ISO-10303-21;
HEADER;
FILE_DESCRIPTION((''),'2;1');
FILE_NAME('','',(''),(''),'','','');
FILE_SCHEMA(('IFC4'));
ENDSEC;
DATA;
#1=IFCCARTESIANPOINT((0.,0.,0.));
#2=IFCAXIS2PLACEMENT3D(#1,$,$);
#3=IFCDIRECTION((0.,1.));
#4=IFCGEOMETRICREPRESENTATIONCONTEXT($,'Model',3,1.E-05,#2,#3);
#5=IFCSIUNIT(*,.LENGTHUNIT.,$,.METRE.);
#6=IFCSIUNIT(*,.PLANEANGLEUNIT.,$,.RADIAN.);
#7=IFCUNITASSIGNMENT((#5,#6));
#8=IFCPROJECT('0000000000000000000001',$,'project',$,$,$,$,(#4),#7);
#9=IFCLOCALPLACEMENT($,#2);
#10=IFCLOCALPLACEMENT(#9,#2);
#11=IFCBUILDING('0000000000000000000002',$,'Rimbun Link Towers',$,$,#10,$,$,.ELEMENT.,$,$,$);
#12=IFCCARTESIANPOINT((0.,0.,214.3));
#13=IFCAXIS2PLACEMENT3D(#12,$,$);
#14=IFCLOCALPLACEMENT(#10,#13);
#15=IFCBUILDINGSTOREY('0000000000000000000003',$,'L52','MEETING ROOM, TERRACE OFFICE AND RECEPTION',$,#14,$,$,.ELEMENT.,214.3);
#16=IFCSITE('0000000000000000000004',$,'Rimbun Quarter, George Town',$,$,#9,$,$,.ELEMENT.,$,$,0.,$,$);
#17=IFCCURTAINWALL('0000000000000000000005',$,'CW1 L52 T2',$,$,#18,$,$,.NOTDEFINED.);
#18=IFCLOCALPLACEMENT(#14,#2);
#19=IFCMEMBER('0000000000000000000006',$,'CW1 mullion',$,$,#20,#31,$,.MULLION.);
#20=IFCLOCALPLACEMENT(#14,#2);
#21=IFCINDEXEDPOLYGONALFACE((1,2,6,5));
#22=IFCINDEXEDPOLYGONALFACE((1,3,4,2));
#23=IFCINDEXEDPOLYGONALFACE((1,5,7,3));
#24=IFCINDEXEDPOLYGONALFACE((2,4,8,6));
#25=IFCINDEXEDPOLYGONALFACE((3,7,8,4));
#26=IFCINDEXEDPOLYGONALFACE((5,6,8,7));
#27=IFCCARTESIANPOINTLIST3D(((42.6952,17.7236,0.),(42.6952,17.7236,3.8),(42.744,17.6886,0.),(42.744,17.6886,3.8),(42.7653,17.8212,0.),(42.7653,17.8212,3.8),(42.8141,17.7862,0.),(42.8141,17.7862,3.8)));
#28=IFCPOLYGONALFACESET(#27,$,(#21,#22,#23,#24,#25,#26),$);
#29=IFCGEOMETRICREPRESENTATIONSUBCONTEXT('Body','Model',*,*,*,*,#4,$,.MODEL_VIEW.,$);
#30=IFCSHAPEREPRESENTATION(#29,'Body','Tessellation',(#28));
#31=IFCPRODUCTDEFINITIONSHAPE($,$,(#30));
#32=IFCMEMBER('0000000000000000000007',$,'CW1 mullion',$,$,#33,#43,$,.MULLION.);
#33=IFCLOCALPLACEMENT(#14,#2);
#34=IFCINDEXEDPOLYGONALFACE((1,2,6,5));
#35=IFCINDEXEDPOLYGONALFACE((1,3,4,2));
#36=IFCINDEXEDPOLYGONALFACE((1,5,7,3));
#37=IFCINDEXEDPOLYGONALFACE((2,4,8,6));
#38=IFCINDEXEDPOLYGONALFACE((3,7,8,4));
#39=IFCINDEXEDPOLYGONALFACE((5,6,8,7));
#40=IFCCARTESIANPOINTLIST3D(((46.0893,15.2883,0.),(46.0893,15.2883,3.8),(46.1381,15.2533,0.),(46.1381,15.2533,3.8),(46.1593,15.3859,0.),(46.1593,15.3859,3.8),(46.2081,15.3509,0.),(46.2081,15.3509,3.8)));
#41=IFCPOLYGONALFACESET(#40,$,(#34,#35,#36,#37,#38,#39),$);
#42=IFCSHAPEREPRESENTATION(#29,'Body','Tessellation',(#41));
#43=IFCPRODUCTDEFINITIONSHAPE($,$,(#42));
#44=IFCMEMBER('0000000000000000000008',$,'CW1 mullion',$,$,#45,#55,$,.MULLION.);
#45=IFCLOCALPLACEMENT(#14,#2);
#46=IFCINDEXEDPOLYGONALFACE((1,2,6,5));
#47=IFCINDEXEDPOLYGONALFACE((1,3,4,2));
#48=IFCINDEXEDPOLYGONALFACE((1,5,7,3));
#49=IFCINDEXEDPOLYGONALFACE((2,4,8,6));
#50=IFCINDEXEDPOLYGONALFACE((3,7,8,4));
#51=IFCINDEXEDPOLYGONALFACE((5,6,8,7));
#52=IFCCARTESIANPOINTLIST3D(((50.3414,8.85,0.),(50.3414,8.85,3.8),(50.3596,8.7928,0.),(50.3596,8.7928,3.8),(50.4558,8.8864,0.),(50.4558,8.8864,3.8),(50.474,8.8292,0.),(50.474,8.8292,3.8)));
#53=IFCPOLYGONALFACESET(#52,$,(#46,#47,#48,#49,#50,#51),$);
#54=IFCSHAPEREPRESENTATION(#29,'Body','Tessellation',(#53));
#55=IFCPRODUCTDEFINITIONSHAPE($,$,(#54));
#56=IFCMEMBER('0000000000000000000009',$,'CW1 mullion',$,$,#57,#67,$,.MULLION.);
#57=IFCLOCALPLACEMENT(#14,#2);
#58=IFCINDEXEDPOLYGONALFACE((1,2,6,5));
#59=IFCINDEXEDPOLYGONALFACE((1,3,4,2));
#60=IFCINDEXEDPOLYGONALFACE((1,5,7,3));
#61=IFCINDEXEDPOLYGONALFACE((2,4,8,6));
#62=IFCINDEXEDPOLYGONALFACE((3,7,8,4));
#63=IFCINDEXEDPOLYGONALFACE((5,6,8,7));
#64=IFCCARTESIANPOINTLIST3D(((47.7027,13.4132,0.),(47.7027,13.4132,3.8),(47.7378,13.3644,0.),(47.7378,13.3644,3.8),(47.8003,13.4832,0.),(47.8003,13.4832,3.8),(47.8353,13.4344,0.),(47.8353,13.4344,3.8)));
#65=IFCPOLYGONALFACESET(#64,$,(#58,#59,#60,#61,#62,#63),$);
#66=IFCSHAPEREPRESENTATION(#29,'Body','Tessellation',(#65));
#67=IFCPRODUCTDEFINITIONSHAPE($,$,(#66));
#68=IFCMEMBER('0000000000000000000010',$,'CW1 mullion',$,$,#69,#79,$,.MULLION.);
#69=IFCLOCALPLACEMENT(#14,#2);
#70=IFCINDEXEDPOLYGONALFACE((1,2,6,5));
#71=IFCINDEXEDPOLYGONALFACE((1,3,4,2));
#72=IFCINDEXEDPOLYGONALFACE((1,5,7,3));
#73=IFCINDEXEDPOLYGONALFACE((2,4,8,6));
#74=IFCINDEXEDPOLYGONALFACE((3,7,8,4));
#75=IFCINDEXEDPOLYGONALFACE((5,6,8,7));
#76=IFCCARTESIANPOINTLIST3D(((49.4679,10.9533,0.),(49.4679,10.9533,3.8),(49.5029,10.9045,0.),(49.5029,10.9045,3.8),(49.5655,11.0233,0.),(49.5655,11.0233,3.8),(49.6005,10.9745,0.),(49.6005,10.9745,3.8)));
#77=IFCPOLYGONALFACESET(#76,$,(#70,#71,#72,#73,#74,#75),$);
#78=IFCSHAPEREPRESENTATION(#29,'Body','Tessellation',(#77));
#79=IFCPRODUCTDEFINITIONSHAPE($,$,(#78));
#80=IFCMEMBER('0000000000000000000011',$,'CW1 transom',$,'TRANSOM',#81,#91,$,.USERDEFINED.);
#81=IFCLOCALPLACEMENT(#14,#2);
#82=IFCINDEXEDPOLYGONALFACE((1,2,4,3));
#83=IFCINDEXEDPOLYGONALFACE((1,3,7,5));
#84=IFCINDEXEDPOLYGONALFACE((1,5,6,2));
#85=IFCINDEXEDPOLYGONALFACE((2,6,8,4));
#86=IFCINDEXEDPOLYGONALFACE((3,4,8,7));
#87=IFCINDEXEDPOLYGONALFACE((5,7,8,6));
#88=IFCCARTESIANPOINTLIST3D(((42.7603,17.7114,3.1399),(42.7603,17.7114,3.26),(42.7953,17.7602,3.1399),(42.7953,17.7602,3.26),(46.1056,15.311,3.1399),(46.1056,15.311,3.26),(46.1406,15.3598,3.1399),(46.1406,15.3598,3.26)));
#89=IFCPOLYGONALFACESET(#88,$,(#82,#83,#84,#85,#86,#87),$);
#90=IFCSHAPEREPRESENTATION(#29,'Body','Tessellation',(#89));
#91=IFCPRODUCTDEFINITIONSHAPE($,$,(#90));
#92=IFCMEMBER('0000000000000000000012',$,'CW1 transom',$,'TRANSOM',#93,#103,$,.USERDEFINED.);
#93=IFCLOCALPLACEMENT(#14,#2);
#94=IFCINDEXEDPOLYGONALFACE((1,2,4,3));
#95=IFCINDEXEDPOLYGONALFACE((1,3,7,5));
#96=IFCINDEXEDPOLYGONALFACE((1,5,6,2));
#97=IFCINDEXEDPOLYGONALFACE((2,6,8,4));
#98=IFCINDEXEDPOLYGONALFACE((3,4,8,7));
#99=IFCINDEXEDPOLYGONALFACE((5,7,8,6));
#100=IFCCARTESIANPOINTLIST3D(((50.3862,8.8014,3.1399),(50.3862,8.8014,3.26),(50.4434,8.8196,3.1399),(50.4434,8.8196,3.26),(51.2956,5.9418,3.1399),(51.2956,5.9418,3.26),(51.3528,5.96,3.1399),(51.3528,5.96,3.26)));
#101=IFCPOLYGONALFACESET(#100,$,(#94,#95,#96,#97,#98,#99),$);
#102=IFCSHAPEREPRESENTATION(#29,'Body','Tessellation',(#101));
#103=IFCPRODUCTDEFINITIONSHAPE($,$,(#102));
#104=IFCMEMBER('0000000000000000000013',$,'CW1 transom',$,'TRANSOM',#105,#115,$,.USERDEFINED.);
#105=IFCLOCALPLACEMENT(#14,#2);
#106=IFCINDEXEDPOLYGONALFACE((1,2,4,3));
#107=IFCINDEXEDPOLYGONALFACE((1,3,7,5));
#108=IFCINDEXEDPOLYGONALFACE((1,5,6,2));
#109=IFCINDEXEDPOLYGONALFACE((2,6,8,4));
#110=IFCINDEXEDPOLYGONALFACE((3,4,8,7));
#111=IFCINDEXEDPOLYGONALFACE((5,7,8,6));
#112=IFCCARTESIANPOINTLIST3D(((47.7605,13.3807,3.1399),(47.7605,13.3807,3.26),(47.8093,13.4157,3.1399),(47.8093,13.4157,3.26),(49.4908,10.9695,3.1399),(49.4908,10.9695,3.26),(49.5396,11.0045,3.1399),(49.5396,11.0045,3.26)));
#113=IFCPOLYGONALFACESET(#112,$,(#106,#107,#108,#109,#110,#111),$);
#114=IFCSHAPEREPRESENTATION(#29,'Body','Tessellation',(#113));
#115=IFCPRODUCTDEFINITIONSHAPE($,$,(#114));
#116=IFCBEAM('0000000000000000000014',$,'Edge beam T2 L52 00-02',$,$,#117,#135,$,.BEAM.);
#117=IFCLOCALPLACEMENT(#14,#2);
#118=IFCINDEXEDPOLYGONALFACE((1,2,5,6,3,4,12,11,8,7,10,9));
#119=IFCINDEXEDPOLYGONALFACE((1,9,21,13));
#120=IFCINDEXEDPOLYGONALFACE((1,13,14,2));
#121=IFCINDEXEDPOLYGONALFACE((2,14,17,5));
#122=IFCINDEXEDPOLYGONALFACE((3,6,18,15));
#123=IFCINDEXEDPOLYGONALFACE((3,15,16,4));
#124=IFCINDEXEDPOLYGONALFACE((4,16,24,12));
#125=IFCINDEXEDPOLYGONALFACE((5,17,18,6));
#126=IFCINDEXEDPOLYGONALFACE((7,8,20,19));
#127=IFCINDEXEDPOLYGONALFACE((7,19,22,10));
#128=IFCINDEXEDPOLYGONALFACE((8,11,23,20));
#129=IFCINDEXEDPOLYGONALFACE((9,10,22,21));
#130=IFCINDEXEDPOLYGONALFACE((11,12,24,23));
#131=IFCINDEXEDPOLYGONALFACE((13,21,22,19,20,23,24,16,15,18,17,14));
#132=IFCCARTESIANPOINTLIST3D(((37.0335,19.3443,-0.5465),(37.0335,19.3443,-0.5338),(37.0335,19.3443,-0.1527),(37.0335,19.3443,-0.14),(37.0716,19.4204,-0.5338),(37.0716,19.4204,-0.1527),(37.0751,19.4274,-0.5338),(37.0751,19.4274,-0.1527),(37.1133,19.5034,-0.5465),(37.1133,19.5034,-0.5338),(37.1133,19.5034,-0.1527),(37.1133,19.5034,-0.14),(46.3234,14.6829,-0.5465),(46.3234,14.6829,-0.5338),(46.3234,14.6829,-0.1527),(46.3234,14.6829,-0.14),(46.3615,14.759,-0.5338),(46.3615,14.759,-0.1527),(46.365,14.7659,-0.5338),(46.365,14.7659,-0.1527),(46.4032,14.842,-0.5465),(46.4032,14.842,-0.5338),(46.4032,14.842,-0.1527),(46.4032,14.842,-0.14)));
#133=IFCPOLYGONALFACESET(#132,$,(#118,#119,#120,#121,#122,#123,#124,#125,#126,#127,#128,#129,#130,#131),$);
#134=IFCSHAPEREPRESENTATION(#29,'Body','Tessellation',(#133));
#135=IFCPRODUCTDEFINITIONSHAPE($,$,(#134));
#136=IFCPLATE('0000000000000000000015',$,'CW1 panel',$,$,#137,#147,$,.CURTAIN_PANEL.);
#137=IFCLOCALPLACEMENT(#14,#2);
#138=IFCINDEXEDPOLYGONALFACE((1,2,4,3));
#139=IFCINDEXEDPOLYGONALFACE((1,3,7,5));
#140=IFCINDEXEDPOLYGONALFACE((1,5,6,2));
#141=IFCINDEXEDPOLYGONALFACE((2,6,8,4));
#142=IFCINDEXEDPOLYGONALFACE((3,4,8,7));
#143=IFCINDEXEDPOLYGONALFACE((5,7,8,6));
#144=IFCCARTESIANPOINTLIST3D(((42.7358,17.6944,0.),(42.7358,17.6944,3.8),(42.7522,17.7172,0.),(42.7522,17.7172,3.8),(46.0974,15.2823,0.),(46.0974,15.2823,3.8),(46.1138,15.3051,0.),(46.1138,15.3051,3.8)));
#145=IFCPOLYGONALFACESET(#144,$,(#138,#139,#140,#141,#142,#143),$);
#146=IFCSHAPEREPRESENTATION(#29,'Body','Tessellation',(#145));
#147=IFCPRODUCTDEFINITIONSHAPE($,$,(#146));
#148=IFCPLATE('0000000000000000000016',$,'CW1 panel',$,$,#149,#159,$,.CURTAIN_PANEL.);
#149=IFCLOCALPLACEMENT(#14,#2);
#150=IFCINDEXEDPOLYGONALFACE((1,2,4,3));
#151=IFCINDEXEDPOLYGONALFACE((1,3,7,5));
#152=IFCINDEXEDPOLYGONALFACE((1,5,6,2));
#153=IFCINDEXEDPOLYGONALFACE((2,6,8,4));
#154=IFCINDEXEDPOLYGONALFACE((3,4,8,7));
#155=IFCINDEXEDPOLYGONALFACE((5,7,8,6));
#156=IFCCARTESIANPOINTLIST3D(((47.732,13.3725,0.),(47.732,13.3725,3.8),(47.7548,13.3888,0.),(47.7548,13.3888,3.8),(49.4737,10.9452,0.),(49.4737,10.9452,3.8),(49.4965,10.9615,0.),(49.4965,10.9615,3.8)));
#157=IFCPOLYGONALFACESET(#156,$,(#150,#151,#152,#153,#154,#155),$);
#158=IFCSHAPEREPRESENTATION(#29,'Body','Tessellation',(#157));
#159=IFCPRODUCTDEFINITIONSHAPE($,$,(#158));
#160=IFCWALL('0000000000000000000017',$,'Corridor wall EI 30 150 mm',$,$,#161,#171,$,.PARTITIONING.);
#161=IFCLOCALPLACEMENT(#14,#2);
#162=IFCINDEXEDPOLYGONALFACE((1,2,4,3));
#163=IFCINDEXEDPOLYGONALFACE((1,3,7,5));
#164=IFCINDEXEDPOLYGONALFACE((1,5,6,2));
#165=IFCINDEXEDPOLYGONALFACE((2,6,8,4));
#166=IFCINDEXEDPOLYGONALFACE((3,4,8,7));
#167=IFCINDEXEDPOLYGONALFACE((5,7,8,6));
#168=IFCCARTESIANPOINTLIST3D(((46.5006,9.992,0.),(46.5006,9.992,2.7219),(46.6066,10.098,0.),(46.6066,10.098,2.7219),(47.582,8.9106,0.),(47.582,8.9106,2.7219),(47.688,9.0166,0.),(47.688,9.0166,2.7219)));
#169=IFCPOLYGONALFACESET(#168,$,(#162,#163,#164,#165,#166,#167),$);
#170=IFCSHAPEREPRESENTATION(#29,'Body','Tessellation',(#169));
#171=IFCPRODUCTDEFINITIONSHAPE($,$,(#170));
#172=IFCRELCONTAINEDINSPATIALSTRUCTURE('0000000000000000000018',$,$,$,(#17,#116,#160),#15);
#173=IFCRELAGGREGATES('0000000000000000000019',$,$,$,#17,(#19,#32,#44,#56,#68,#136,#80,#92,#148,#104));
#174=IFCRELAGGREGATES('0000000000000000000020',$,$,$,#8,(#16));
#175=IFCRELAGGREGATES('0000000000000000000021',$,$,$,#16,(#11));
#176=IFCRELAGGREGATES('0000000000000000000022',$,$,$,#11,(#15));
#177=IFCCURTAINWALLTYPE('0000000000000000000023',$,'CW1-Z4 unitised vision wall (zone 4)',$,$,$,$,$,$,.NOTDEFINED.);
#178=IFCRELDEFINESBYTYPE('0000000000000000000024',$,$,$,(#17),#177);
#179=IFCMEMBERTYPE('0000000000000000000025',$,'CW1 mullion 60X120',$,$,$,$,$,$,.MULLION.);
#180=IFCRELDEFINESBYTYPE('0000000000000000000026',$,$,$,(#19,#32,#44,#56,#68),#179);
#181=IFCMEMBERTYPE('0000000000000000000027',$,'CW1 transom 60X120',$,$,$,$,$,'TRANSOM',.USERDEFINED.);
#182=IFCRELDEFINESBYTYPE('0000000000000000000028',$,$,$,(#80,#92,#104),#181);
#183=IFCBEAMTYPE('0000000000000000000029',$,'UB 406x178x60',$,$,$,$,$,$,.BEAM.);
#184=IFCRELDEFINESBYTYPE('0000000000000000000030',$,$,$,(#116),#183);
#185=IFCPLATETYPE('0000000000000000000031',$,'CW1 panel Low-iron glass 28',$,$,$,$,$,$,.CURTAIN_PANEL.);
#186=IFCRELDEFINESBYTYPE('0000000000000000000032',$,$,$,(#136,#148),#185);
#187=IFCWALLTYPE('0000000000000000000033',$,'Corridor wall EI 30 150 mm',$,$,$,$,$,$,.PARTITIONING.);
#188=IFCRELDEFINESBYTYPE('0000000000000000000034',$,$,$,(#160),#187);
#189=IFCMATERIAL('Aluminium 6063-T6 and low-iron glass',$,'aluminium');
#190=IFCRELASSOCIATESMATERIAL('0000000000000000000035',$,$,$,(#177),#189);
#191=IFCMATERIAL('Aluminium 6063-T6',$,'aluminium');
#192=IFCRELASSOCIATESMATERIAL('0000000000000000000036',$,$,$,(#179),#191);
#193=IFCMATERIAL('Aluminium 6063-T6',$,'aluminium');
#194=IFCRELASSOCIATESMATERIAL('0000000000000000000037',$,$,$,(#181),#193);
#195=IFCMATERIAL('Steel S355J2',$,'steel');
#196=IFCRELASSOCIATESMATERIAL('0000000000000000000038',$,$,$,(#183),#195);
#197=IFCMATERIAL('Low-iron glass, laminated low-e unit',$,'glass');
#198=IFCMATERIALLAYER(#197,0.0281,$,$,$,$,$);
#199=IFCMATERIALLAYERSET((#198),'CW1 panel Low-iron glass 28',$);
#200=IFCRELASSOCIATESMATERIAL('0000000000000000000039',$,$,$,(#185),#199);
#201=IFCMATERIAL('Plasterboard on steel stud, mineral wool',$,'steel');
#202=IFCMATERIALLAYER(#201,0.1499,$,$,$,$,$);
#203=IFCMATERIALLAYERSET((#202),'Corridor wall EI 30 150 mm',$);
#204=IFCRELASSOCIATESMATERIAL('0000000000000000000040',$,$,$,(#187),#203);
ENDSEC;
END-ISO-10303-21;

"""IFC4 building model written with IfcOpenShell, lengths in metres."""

from ifc_helpers import new_model, si_unit, direction, frame, frame_2d, origin, origin_2d, place, context, subcontext, project, spatial, rectangle, i_section, extrude, material, layer, layer_set, material_profile, profile_set, type_object, element, aggregate, save


model = new_model("IFC4")

# Units and contexts
model_context = context("Model", 3, precision=1e-05, world=origin(), true_north=direction((0.0, 1.0)))
body_context = subcontext(model_context, "Body", "Model", "MODEL_VIEW")
ifc_project = project(units=[si_unit("LENGTHUNIT", "METRE"), si_unit("PLANEANGLEUNIT", "RADIAN")], contexts=[model_context])

# Site, building, storey
site_placement = place(None, origin())
site = spatial("IfcSite", under=ifc_project, at=site_placement, Name="Rimbun Quarter, George Town", CompositionType="ELEMENT", RefElevation=0.0)
building_placement = place(site_placement, origin())
building = spatial("IfcBuilding", under=site, at=building_placement, Name="Rimbun Link Towers", CompositionType="ELEMENT")
storey_placement = place(building_placement, frame((0.0, 0.0, 214.3)))
storey = spatial("IfcBuildingStorey", under=building, at=storey_placement, Name="L52", Description="MEETING ROOM, TERRACE OFFICE AND RECEPTION", CompositionType="ELEMENT", Elevation=214.3)

# Curtain wall, members
ifc_material_1 = material(Name="Aluminium 6063-T6 and low-iron glass", Category="aluminium")
curtain_wall_type = type_object("IfcCurtainWallType", Name="CW1-Z4 unitised vision wall (zone 4)", PredefinedType="NOTDEFINED", material=ifc_material_1)
curtain_wall_placement = place(storey_placement, origin())
curtain_wall = element("IfcCurtainWall", 1, at=curtain_wall_placement, inside=storey, type_object=curtain_wall_type, Name="CW1 L52 T2", PredefinedType="NOTDEFINED")
ifc_material_2 = material(Name="Aluminium 6063-T6", Category="aluminium")
ifc_material_profile_1 = material_profile(ifc_material_2, rectangle(XDim=0.1201, YDim=0.0601, at=origin_2d()), Name="MULLION 60X120")
ifc_profile_set_1 = profile_set([ifc_material_profile_1], Name="Aluminium 6063-T6")
member_type_1 = type_object("IfcMemberType", Name="CW1 mullion 60X120", PredefinedType="MULLION", material=ifc_profile_set_1)
member_1_placement = place(storey_placement, frame((42.7546, 17.7549, 0.0), z_axis=(0.0, 0.0, 1.0), x_axis=(0.583004, 0.81247, 0.0)))
member_1 = element("IfcMember", 2, at=member_1_placement, type_object=member_type_1, Name="CW1 mullion", PredefinedType="MULLION", context=body_context, shape_type="SweptSolid", body=[
    extrude(rectangle(XDim=0.1201, YDim=0.0601, at=origin_2d()), origin(), (0.0, 0.0, 1.0), 3.8),
])
member_2_placement = place(storey_placement, frame((46.1487, 15.3196, 0.0), z_axis=(0.0, 0.0, 1.0), x_axis=(0.583004, 0.81247, 0.0)))
member_2 = element("IfcMember", 3, at=member_2_placement, type_object=member_type_1, Name="CW1 mullion", PredefinedType="MULLION", context=body_context, shape_type="SweptSolid", body=[
    extrude(rectangle(XDim=0.1201, YDim=0.0601, at=origin_2d()), origin(), (0.0, 0.0, 1.0), 3.8),
])
member_3_placement = place(storey_placement, frame((50.4077, 8.8396, 0.0), z_axis=(0.0, 0.0, 1.0), x_axis=(0.952969, 0.303068, 0.0)))
member_3 = element("IfcMember", 4, at=member_3_placement, type_object=member_type_1, Name="CW1 mullion", PredefinedType="MULLION", context=body_context, shape_type="SweptSolid", body=[
    extrude(rectangle(XDim=0.1201, YDim=0.0601, at=origin_2d()), origin(), (0.0, 0.0, 1.0), 3.8),
])
member_4_placement = place(storey_placement, frame((47.769, 13.4238, 0.0), z_axis=(0.0, 0.0, 1.0), x_axis=(0.81247, 0.583004, 0.0)))
member_4 = element("IfcMember", 5, at=member_4_placement, type_object=member_type_1, Name="CW1 mullion", PredefinedType="MULLION", context=body_context, shape_type="SweptSolid", body=[
    extrude(rectangle(XDim=0.1201, YDim=0.0601, at=origin_2d()), origin(), (0.0, 0.0, 1.0), 3.8),
])
member_5_placement = place(storey_placement, frame((49.5342, 10.9639, 0.0), z_axis=(0.0, 0.0, 1.0), x_axis=(0.81247, 0.583004, 0.0)))
member_5 = element("IfcMember", 6, at=member_5_placement, type_object=member_type_1, Name="CW1 mullion", PredefinedType="MULLION", context=body_context, shape_type="SweptSolid", body=[
    extrude(rectangle(XDim=0.1201, YDim=0.0601, at=origin_2d()), origin(), (0.0, 0.0, 1.0), 3.8),
])
ifc_material_3 = material(Name="Aluminium 6063-T6", Category="aluminium")
ifc_material_profile_2 = material_profile(ifc_material_3, rectangle(XDim=0.0601, YDim=0.1201, at=origin_2d()), Name="TRANSOM 60X120")
ifc_profile_set_2 = profile_set([ifc_material_profile_2], Name="Aluminium 6063-T6")
member_type_2 = type_object("IfcMemberType", Name="CW1 transom 60X120", ElementType="TRANSOM", PredefinedType="USERDEFINED", material=ifc_profile_set_2)
member_6_placement = place(storey_placement, frame((42.7778, 17.7358, 3.2), z_axis=(0.812474, -0.582998, 0.0), x_axis=(0.582998, 0.812474, 0.0)))
member_6 = element("IfcMember", 7, at=member_6_placement, type_object=member_type_2, Name="CW1 transom", ObjectType="TRANSOM", PredefinedType="USERDEFINED", context=body_context, shape_type="SweptSolid", body=[
    extrude(rectangle(XDim=0.0601, YDim=0.1201, at=origin_2d()), origin(), (0.0, 0.0, 1.0), 4.1174),
])
member_7_placement = place(storey_placement, frame((50.4148, 8.8105, 3.2), z_axis=(0.303066, -0.95297, 0.0), x_axis=(0.95297, 0.303066, 0.0)))
member_7 = element("IfcMember", 8, at=member_7_placement, type_object=member_type_2, Name="CW1 transom", ObjectType="TRANSOM", PredefinedType="USERDEFINED", context=body_context, shape_type="SweptSolid", body=[
    extrude(rectangle(XDim=0.0601, YDim=0.1201, at=origin_2d()), origin(), (0.0, 0.0, 1.0), 3.0007),
])
member_8_placement = place(storey_placement, frame((47.7849, 13.3982, 3.2), z_axis=(0.583019, -0.812459, 0.0), x_axis=(0.812459, 0.583019, 0.0)))
member_8 = element("IfcMember", 9, at=member_8_placement, type_object=member_type_2, Name="CW1 transom", ObjectType="TRANSOM", PredefinedType="USERDEFINED", context=body_context, shape_type="SweptSolid", body=[
    extrude(rectangle(XDim=0.0601, YDim=0.1201, at=origin_2d()), origin(), (0.0, 0.0, 1.0), 2.9678),
])

# Beam
ifc_material_4 = material(Name="Steel S355J2", Category="steel")
ifc_material_profile_3 = material_profile(ifc_material_4, i_section(OverallWidth=0.178, OverallDepth=0.4065, WebThickness=0.0078, FlangeThickness=0.0127, at=origin_2d()), Name="UB 406x178x60")
ifc_profile_set_3 = profile_set([ifc_material_profile_3], Name="Steel S355J2")
beam_type = type_object("IfcBeamType", Name="UB 406x178x60", PredefinedType="BEAM", material=ifc_profile_set_3)
beam_placement = place(storey_placement, frame((46.3633, 14.7625, -0.3433), z_axis=(-0.893792, 0.448482, 0.0), x_axis=(-0.448482, -0.893792, 0.0)))
element("IfcBeam", 10, at=beam_placement, inside=storey, type_object=beam_type, Name="Edge beam T2 L52 00-02", PredefinedType="BEAM", context=body_context, shape_type="SweptSolid", body=[
    extrude(i_section(OverallWidth=0.178, OverallDepth=0.4065, WebThickness=0.0078, FlangeThickness=0.0127, at=origin_2d()), origin(), (0.0, 0.0, 1.0), 10.3938),
])

# Plates
ifc_material_5 = material(Name="Low-iron glass, laminated low-e unit", Category="glass")
ifc_layer_1 = layer(ifc_material_5, 0.0281)
ifc_layer_set_1 = layer_set([ifc_layer_1], Name="CW1 panel Low-iron glass 28")
plate_type = type_object("IfcPlateType", Name="CW1 panel Low-iron glass 28", PredefinedType="CURTAIN_PANEL", material=ifc_layer_set_1)
plate_1_placement = place(storey_placement, frame((44.4248, 16.4998, 0.0), z_axis=(0.0, 0.0, 1.0), x_axis=(0.81247, -0.583004, 0.0)))
plate_1 = element("IfcPlate", 11, at=plate_1_placement, type_object=plate_type, Name="CW1 panel", PredefinedType="CURTAIN_PANEL", context=body_context, shape_type="SweptSolid", body=[
    extrude(rectangle(XDim=4.1375, YDim=0.0281, at=origin_2d()), origin(), (0.0, 0.0, 1.0), 3.8),
])
plate_2_placement = place(storey_placement, frame((48.6143, 12.167, 0.0), z_axis=(0.0, 0.0, 1.0), x_axis=(0.583004, -0.81247, 0.0)))
plate_2 = element("IfcPlate", 12, at=plate_2_placement, type_object=plate_type, Name="CW1 panel", PredefinedType="CURTAIN_PANEL", context=body_context, shape_type="SweptSolid", body=[
    extrude(rectangle(XDim=2.9875, YDim=0.0281, at=origin_2d()), origin(), (0.0, 0.0, 1.0), 3.8),
])
aggregate(curtain_wall, [member_1, member_2, member_3, member_4, member_5, plate_1, member_6, member_7, plate_2, member_8])

# Wall
ifc_material_6 = material(Name="Plasterboard on steel stud, mineral wool", Category="steel")
ifc_layer_2 = layer(ifc_material_6, 0.1499)
ifc_layer_set_2 = layer_set([ifc_layer_2], Name="Corridor wall EI 30 150 mm")
wall_type = type_object("IfcWallType", Name="Corridor wall EI 30 150 mm", PredefinedType="PARTITIONING", material=ifc_layer_set_2)
wall_1_placement = place(storey_placement, frame((47.635, 8.9636, 0.0), z_axis=(0.0, 0.0, 1.0), x_axis=(-0.707107, 0.707107, 0.0)))
element("IfcWall", 13, at=wall_1_placement, inside=storey, type_object=wall_type, Name="Corridor wall EI 30 150 mm", PredefinedType="PARTITIONING", context=body_context, shape_type="SweptSolid", body=[
    extrude(rectangle(XDim=1.5293, YDim=0.1499, at=frame_2d((0.7646, 0.0))), origin(), (0.0, 0.0, 1.0), 2.7219),
])

save(model, "model.ifc")
